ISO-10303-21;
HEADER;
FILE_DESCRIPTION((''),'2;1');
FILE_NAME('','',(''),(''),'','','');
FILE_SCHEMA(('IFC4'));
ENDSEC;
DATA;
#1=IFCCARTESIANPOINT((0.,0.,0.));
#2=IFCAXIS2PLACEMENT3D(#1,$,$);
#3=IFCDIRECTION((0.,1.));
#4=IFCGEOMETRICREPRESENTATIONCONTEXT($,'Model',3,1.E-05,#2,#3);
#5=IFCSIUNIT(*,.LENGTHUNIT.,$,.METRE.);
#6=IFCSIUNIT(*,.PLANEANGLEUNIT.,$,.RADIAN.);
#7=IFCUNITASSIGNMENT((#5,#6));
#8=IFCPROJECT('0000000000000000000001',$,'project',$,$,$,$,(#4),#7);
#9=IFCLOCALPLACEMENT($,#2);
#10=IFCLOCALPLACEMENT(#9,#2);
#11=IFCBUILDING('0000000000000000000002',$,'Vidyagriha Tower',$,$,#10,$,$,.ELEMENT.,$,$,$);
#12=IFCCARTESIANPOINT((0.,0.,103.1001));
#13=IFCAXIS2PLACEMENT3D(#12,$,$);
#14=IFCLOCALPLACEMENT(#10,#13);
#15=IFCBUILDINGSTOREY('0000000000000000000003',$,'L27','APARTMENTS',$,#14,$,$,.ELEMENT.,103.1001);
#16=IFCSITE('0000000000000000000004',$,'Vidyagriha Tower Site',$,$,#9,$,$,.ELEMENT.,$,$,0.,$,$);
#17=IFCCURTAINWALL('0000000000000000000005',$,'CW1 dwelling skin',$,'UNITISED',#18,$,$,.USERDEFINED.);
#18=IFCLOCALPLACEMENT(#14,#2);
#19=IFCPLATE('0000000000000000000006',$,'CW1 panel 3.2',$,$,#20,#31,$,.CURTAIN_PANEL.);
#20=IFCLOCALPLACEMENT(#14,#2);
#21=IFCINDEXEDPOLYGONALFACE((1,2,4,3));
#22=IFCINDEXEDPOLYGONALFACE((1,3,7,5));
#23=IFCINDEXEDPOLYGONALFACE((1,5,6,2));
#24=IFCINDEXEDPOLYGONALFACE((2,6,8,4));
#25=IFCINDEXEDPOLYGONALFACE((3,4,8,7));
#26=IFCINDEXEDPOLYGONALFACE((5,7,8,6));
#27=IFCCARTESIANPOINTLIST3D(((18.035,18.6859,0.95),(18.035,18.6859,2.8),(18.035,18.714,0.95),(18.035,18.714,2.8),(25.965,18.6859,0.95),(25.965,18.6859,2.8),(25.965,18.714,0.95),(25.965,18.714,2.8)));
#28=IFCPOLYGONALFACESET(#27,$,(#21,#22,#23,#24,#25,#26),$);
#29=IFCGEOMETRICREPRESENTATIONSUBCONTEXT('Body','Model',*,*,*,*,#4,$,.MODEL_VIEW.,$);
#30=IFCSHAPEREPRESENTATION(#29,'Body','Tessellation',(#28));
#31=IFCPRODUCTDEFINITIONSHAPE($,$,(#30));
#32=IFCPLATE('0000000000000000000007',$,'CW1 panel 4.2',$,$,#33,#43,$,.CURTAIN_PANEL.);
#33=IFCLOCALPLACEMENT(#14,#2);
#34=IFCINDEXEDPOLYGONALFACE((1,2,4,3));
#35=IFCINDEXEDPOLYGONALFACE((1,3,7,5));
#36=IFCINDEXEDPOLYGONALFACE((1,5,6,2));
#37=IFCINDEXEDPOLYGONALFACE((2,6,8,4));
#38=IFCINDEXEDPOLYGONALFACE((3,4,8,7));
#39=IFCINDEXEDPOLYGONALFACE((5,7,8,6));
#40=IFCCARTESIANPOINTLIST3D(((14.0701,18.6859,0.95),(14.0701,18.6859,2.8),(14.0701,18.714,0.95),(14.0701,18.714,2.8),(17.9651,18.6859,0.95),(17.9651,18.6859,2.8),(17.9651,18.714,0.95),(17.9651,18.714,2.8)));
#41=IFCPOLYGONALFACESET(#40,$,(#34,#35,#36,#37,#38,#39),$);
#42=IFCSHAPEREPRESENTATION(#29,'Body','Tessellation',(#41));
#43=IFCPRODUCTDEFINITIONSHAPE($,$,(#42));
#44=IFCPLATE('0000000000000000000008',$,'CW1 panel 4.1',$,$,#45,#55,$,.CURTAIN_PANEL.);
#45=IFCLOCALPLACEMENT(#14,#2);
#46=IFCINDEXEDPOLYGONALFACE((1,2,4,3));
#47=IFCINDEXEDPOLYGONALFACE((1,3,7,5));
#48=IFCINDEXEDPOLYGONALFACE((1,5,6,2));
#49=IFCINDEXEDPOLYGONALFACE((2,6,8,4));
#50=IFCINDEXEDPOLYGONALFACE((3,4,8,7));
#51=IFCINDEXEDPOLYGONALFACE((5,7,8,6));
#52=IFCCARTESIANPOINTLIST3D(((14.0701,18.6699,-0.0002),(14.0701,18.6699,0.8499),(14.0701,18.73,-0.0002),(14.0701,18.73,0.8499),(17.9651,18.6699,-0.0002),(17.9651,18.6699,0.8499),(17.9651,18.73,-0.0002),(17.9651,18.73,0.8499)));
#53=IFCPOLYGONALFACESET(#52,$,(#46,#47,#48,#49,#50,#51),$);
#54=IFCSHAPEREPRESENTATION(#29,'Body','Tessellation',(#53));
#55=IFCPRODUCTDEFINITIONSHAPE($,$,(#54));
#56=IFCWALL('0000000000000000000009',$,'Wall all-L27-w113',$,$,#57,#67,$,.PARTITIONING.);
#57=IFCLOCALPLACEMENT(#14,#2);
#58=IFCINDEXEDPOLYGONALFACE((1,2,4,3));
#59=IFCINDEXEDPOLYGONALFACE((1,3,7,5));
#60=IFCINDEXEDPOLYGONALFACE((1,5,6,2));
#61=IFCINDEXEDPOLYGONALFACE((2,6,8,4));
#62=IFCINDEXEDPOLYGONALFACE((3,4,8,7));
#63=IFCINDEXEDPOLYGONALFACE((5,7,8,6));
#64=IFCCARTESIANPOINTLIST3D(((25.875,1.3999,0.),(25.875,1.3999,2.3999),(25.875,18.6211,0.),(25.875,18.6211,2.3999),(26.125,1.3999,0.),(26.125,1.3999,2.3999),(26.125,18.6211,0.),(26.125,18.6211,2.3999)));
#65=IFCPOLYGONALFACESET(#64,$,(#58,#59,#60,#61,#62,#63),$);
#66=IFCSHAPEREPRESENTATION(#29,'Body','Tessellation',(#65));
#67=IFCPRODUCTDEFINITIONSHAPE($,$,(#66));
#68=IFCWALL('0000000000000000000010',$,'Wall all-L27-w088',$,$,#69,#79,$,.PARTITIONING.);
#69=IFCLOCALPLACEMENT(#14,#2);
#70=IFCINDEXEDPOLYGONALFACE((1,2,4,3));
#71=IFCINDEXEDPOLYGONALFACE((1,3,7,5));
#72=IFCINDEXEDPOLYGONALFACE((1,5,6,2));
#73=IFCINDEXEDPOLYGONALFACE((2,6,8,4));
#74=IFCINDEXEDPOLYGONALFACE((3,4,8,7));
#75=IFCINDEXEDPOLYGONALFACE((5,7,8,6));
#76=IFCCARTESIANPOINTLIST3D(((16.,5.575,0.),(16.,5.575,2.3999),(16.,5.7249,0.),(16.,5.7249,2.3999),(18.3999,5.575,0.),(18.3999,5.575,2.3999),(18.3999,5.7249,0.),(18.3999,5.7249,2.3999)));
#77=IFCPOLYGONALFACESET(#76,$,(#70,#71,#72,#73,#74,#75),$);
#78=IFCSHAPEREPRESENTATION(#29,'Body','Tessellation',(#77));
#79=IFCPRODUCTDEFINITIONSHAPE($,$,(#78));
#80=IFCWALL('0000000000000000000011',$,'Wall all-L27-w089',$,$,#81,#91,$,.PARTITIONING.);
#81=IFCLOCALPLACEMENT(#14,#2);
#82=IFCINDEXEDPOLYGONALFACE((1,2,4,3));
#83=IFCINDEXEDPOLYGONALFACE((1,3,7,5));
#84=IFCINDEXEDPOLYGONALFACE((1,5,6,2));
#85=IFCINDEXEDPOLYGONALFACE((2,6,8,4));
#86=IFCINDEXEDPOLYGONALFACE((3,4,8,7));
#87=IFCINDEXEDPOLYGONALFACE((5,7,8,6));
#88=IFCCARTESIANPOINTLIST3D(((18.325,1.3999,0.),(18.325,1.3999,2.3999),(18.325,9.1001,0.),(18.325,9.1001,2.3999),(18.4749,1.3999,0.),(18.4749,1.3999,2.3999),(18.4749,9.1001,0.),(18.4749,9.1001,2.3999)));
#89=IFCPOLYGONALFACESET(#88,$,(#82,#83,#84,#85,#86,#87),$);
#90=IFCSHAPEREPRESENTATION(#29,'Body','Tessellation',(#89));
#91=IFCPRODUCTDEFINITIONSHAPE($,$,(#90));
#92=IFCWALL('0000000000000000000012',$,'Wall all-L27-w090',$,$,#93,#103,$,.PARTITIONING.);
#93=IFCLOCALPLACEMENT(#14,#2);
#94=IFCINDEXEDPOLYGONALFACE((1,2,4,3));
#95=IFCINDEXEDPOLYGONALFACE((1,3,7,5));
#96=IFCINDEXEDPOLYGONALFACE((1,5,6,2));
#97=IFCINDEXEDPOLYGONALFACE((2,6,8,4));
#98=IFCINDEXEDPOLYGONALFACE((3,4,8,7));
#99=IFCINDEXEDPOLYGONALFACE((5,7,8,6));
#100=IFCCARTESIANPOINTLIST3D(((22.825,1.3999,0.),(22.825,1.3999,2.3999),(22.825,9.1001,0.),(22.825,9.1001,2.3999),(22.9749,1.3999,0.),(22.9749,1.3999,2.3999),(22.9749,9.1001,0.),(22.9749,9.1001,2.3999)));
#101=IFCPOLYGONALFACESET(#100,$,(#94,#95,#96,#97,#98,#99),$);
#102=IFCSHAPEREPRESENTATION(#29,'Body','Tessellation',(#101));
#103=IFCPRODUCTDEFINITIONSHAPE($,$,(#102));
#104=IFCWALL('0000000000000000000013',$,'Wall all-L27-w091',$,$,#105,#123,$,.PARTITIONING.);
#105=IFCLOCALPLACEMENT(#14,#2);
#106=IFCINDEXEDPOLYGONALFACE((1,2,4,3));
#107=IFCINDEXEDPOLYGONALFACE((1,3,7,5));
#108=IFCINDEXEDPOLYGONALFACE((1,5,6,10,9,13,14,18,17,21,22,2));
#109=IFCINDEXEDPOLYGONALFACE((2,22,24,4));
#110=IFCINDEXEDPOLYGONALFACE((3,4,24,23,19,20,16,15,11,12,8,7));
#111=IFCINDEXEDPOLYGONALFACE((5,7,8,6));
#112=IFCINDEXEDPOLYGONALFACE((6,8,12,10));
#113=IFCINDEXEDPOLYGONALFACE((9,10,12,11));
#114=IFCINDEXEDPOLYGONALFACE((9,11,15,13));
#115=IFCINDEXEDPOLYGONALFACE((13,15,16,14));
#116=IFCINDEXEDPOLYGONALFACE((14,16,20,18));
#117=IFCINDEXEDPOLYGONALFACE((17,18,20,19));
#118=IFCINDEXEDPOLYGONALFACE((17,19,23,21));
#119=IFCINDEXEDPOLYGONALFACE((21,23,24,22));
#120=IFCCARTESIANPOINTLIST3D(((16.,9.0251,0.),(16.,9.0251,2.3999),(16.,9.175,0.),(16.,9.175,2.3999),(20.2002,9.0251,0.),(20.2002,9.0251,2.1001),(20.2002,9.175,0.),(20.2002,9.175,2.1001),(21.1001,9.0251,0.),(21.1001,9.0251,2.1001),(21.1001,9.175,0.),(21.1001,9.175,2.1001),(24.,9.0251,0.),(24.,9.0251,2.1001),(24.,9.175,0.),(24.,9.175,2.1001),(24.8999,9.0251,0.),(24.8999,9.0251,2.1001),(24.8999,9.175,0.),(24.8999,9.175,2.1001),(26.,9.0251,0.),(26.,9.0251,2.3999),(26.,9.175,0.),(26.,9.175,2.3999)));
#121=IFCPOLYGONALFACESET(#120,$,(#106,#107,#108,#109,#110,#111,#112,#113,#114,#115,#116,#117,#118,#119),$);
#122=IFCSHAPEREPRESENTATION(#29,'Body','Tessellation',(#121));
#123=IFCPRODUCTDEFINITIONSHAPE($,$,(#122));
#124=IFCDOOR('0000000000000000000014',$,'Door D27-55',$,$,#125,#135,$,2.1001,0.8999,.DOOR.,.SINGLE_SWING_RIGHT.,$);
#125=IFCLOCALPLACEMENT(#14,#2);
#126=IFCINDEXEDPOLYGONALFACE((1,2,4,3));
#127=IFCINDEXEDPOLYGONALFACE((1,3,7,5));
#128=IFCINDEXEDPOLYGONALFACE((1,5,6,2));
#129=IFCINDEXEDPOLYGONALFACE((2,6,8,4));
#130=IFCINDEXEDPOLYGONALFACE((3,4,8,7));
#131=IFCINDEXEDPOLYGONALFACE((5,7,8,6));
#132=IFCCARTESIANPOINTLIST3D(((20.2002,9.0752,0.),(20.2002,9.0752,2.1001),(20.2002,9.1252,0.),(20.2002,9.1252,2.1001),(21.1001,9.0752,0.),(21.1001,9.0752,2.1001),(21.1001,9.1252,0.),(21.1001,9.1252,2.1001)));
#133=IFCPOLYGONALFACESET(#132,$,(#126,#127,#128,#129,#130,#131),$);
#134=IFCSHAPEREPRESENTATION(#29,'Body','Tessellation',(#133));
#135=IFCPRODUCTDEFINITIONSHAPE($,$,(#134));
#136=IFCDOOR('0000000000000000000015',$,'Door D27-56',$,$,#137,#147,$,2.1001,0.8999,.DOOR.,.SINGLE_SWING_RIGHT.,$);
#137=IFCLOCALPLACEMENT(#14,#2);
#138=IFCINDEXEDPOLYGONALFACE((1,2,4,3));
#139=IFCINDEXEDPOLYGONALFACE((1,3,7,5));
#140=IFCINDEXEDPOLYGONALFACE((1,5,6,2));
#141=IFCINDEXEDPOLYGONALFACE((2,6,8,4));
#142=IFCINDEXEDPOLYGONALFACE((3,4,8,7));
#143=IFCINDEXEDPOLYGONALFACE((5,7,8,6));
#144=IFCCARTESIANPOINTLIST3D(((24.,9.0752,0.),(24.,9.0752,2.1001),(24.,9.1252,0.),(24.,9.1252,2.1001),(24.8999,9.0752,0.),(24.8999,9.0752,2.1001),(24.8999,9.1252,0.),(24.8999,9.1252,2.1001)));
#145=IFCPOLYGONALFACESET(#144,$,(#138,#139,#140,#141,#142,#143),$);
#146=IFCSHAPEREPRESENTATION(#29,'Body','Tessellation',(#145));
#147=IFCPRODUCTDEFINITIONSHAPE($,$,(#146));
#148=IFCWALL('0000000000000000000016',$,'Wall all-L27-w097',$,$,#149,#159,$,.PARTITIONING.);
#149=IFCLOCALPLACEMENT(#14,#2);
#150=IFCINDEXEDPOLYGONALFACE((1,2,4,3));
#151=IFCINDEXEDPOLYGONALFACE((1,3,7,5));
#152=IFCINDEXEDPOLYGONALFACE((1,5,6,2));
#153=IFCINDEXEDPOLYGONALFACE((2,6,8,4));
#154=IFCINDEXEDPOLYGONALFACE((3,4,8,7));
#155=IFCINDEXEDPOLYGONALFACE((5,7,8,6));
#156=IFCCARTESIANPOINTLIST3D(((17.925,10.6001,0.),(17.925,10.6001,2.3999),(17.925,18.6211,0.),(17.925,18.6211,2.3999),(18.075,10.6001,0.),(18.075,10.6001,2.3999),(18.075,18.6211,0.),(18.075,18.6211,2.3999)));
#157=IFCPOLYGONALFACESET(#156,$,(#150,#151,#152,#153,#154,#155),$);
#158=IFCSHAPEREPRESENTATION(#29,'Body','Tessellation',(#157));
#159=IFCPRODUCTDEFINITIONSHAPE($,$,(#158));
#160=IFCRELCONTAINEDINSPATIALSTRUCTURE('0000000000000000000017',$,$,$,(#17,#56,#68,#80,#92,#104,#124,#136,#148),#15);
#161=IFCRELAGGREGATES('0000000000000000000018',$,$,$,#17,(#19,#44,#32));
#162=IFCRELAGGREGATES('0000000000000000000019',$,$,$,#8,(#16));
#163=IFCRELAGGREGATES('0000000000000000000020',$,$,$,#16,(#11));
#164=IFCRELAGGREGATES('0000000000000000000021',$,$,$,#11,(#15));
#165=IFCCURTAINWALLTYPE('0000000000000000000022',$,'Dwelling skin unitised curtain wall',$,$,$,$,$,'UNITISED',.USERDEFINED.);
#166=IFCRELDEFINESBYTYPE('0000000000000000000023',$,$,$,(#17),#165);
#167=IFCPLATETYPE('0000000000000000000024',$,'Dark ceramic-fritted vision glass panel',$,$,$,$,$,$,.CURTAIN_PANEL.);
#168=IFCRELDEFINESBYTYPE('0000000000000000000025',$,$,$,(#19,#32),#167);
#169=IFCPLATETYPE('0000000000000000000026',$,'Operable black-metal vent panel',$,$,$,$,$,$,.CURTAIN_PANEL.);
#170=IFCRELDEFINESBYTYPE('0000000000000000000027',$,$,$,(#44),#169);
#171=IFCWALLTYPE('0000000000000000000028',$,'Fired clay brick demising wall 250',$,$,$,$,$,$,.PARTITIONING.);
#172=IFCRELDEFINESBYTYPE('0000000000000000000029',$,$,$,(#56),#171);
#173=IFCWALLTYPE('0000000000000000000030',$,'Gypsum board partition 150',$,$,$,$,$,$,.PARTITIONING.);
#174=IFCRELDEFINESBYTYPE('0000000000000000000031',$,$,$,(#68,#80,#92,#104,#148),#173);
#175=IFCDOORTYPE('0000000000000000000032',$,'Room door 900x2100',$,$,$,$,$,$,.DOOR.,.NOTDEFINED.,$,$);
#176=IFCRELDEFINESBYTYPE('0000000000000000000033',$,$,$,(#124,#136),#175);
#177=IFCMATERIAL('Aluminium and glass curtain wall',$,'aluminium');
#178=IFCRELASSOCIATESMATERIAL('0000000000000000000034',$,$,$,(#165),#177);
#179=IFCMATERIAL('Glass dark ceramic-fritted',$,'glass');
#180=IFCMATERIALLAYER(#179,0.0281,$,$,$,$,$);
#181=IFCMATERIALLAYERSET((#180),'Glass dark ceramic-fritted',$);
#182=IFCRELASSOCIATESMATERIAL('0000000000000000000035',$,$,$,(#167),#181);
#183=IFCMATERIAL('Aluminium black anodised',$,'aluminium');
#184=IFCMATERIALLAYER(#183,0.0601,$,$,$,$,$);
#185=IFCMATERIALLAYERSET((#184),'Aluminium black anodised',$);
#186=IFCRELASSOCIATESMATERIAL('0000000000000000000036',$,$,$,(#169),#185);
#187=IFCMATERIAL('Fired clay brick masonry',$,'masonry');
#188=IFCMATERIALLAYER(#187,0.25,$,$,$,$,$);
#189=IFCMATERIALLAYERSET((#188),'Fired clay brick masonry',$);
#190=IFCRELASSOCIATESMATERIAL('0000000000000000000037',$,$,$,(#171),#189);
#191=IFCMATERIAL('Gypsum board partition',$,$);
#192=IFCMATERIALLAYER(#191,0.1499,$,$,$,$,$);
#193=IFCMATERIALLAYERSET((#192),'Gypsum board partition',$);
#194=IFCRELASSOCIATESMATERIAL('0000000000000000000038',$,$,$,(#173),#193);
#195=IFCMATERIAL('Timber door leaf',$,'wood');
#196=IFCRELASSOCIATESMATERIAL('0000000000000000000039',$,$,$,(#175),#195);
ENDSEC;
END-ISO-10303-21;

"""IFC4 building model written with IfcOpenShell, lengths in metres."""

from ifc_helpers import new_model, si_unit, direction, frame, frame_2d, origin, origin_2d, place, context, subcontext, project, spatial, rectangle, extrude, material, layer, layer_set, type_object, element, fill, aggregate, save


model = new_model("IFC4")

# Units and contexts
model_context = context("Model", 3, precision=1e-05, world=origin(), true_north=direction((0.0, 1.0)))
body_context = subcontext(model_context, "Body", "Model", "MODEL_VIEW")
ifc_project = project(units=[si_unit("LENGTHUNIT", "METRE"), si_unit("PLANEANGLEUNIT", "RADIAN")], contexts=[model_context])

# Site, building, storey
site_placement = place(None, origin())
site = spatial("IfcSite", under=ifc_project, at=site_placement, Name="Vidyagriha Tower Site", CompositionType="ELEMENT", RefElevation=0.0)
building_placement = place(site_placement, origin())
building = spatial("IfcBuilding", under=site, at=building_placement, Name="Vidyagriha Tower", CompositionType="ELEMENT")
storey_placement = place(building_placement, frame((0.0, 0.0, 103.1001)))
storey = spatial("IfcBuildingStorey", under=building, at=storey_placement, Name="L27", Description="APARTMENTS", CompositionType="ELEMENT", Elevation=103.1001)

# Curtain wall, plates
ifc_material_1 = material(Name="Aluminium and glass curtain wall", Category="aluminium")
curtain_wall_type = type_object("IfcCurtainWallType", Name="Dwelling skin unitised curtain wall", ElementType="UNITISED", PredefinedType="USERDEFINED", material=ifc_material_1)
curtain_wall_placement = place(storey_placement, origin())
curtain_wall = element("IfcCurtainWall", 1, at=curtain_wall_placement, inside=storey, type_object=curtain_wall_type, Name="CW1 dwelling skin", ObjectType="UNITISED", PredefinedType="USERDEFINED")
ifc_material_2 = material(Name="Glass dark ceramic-fritted", Category="glass")
ifc_layer_1 = layer(ifc_material_2, 0.0281)
ifc_layer_set_1 = layer_set([ifc_layer_1], Name="Glass dark ceramic-fritted")
plate_type_1 = type_object("IfcPlateType", Name="Dark ceramic-fritted vision glass panel", PredefinedType="CURTAIN_PANEL", material=ifc_layer_set_1)
plate_1_placement = place(storey_placement, frame((22.0, 18.7, 0.95), z_axis=(0.0, 0.0, 1.0), x_axis=(-1.0, 0.0, 0.0)))
plate_1 = element("IfcPlate", 2, at=plate_1_placement, type_object=plate_type_1, Name="CW1 panel 3.2", PredefinedType="CURTAIN_PANEL", context=body_context, shape_type="SweptSolid", body=[
    extrude(rectangle(XDim=7.9299, YDim=0.0281, at=origin_2d()), origin(), (0.0, 0.0, 1.0), 1.8501),
])
plate_2_placement = place(storey_placement, frame((16.0176, 18.7, 0.95), z_axis=(0.0, 0.0, 1.0), x_axis=(-1.0, 0.0, 0.0)))
plate_2 = element("IfcPlate", 3, at=plate_2_placement, type_object=plate_type_1, Name="CW1 panel 4.2", PredefinedType="CURTAIN_PANEL", context=body_context, shape_type="SweptSolid", body=[
    extrude(rectangle(XDim=3.895, YDim=0.0281, at=origin_2d()), origin(), (0.0, 0.0, 1.0), 1.8501),
])
ifc_material_3 = material(Name="Aluminium black anodised", Category="aluminium")
ifc_layer_2 = layer(ifc_material_3, 0.0601)
ifc_layer_set_2 = layer_set([ifc_layer_2], Name="Aluminium black anodised")
plate_type_2 = type_object("IfcPlateType", Name="Operable black-metal vent panel", PredefinedType="CURTAIN_PANEL", material=ifc_layer_set_2)
plate_3_placement = place(storey_placement, frame((16.0176, 18.7, -0.0002), z_axis=(0.0, 0.0, 1.0), x_axis=(-1.0, 0.0, 0.0)))
plate_3 = element("IfcPlate", 4, at=plate_3_placement, type_object=plate_type_2, Name="CW1 panel 4.1", PredefinedType="CURTAIN_PANEL", context=body_context, shape_type="SweptSolid", body=[
    extrude(rectangle(XDim=3.895, YDim=0.0601, at=origin_2d()), origin(), (0.0, 0.0, 1.0), 0.8501),
])
aggregate(curtain_wall, [plate_1, plate_3, plate_2])

# Walls
ifc_material_4 = material(Name="Fired clay brick masonry", Category="masonry")
ifc_layer_3 = layer(ifc_material_4, 0.25)
ifc_layer_set_3 = layer_set([ifc_layer_3], Name="Fired clay brick masonry")
wall_type_1 = type_object("IfcWallType", Name="Fired clay brick demising wall 250", PredefinedType="PARTITIONING", material=ifc_layer_set_3)
wall_1_placement = place(storey_placement, frame((26.0, 18.6211, 0.0), z_axis=(0.0, 0.0, 1.0), x_axis=(0.0, -1.0, 0.0)))
element("IfcWall", 5, at=wall_1_placement, inside=storey, type_object=wall_type_1, Name="Wall all-L27-w113", PredefinedType="PARTITIONING", context=body_context, shape_type="SweptSolid", body=[
    extrude(rectangle(XDim=17.2212, YDim=0.25, at=frame_2d((8.6106, 0.0))), origin(), (0.0, 0.0, 1.0), 2.3999),
])
ifc_material_5 = material(Name="Gypsum board partition")
ifc_layer_4 = layer(ifc_material_5, 0.1499)
ifc_layer_set_4 = layer_set([ifc_layer_4], Name="Gypsum board partition")
wall_type_2 = type_object("IfcWallType", Name="Gypsum board partition 150", PredefinedType="PARTITIONING", material=ifc_layer_set_4)
wall_2_placement = place(storey_placement, frame((16.0, 5.6499, 0.0)))
element("IfcWall", 6, at=wall_2_placement, inside=storey, type_object=wall_type_2, Name="Wall all-L27-w088", PredefinedType="PARTITIONING", context=body_context, shape_type="SweptSolid", body=[
    extrude(rectangle(XDim=2.3999, YDim=0.1499, at=frame_2d((1.2, 0.0))), origin(), (0.0, 0.0, 1.0), 2.3999),
])
for number, where, z_axis, x_axis, name in (
    (7, (18.3999, 9.1001, 0.0), (0.0, 0.0, 1.0), (0.0, -1.0, 0.0), "Wall all-L27-w089"),
    (8, (22.8999, 9.1001, 0.0), (0.0, 0.0, 1.0), (0.0, -1.0, 0.0), "Wall all-L27-w090"),
):
    element("IfcWall", number, at=place(storey_placement, frame(where, z_axis=z_axis, x_axis=x_axis)), inside=storey, type_object=wall_type_2, Name=name, PredefinedType="PARTITIONING", context=body_context, shape_type="SweptSolid", body=[
        extrude(rectangle(XDim=7.7002, YDim=0.1499, at=frame_2d((3.8501, 0.0))), origin(), (0.0, 0.0, 1.0), 2.3999),
    ])

# Wall, openings, doors
wall_3_placement = place(storey_placement, frame((26.0, 9.1001, 0.0), z_axis=(0.0, 0.0, 1.0), x_axis=(-1.0, 0.0, 0.0)))
wall_3 = element("IfcWall", 9, at=wall_3_placement, inside=storey, type_object=wall_type_2, Name="Wall all-L27-w091", PredefinedType="PARTITIONING", context=body_context, shape_type="SweptSolid", body=[
    extrude(rectangle(XDim=10.0, YDim=0.1499, at=frame_2d((5.0, 0.0))), origin(), (0.0, 0.0, 1.0), 2.3999),
])
opening_1_placement = place(wall_3_placement, frame((4.8999, 0.0, 0.0)))
opening_1 = element("IfcOpeningElement", 10, at=opening_1_placement, cuts=wall_3, PredefinedType="OPENING", context=body_context, shape_type="SweptSolid", body=[
    extrude(rectangle(XDim=0.8999, YDim=2.1001, at=frame_2d((0.45, 1.05))), frame((0.0, 0.085, 0.0), z_axis=(0.0, -1.0, 0.0), x_axis=(1.0, 0.0, 0.0)), (0.0, 0.0, 1.0), 0.1699),
])
opening_2_placement = place(wall_3_placement, frame((1.1001, 0.0, 0.0)))
opening_2 = element("IfcOpeningElement", 11, at=opening_2_placement, cuts=wall_3, PredefinedType="OPENING", context=body_context, shape_type="SweptSolid", body=[
    extrude(rectangle(XDim=0.8999, YDim=2.1001, at=frame_2d((0.45, 1.05))), frame((0.0, 0.085, 0.0), z_axis=(0.0, -1.0, 0.0), x_axis=(1.0, 0.0, 0.0)), (0.0, 0.0, 1.0), 0.1699),
])
ifc_material_6 = material(Name="Timber door leaf", Category="wood")
door_type_1 = type_object("IfcDoorType", Name="Room door 900x2100", OperationType="NOTDEFINED", PredefinedType="DOOR", material=ifc_material_6)
door_1_placement = place(opening_1_placement, origin())
door_1 = element("IfcDoor", 12, at=door_1_placement, inside=storey, type_object=door_type_1, Name="Door D27-55", OperationType="SINGLE_SWING_RIGHT", OverallHeight=2.1001, OverallWidth=0.8999, PredefinedType="DOOR", context=body_context, shape_type="SweptSolid", body=[
    extrude(rectangle(XDim=0.8999, YDim=2.1001, at=frame_2d((0.45, 1.05))), frame((0.0, 0.0249, 0.0), z_axis=(0.0, -1.0, 0.0), x_axis=(1.0, 0.0, 0.0)), (0.0, 0.0, 1.0), 0.05),
])
fill(opening_1, door_1)
door_2_placement = place(opening_2_placement, origin())
door_2 = element("IfcDoor", 13, at=door_2_placement, inside=storey, type_object=door_type_1, Name="Door D27-56", OperationType="SINGLE_SWING_RIGHT", OverallHeight=2.1001, OverallWidth=0.8999, PredefinedType="DOOR", context=body_context, shape_type="SweptSolid", body=[
    extrude(rectangle(XDim=0.8999, YDim=2.1001, at=frame_2d((0.45, 1.05))), frame((0.0, 0.0249, 0.0), z_axis=(0.0, -1.0, 0.0), x_axis=(1.0, 0.0, 0.0)), (0.0, 0.0, 1.0), 0.05),
])
fill(opening_2, door_2)

# Wall
wall_4_placement = place(storey_placement, frame((18.0, 18.6211, 0.0), z_axis=(0.0, 0.0, 1.0), x_axis=(0.0, -1.0, 0.0)))
element("IfcWall", 14, at=wall_4_placement, inside=storey, type_object=wall_type_2, Name="Wall all-L27-w097", PredefinedType="PARTITIONING", context=body_context, shape_type="SweptSolid", body=[
    extrude(rectangle(XDim=8.021, YDim=0.1499, at=frame_2d((4.0105, 0.0))), origin(), (0.0, 0.0, 1.0), 2.3999),
])

save(model, "model.ifc")
